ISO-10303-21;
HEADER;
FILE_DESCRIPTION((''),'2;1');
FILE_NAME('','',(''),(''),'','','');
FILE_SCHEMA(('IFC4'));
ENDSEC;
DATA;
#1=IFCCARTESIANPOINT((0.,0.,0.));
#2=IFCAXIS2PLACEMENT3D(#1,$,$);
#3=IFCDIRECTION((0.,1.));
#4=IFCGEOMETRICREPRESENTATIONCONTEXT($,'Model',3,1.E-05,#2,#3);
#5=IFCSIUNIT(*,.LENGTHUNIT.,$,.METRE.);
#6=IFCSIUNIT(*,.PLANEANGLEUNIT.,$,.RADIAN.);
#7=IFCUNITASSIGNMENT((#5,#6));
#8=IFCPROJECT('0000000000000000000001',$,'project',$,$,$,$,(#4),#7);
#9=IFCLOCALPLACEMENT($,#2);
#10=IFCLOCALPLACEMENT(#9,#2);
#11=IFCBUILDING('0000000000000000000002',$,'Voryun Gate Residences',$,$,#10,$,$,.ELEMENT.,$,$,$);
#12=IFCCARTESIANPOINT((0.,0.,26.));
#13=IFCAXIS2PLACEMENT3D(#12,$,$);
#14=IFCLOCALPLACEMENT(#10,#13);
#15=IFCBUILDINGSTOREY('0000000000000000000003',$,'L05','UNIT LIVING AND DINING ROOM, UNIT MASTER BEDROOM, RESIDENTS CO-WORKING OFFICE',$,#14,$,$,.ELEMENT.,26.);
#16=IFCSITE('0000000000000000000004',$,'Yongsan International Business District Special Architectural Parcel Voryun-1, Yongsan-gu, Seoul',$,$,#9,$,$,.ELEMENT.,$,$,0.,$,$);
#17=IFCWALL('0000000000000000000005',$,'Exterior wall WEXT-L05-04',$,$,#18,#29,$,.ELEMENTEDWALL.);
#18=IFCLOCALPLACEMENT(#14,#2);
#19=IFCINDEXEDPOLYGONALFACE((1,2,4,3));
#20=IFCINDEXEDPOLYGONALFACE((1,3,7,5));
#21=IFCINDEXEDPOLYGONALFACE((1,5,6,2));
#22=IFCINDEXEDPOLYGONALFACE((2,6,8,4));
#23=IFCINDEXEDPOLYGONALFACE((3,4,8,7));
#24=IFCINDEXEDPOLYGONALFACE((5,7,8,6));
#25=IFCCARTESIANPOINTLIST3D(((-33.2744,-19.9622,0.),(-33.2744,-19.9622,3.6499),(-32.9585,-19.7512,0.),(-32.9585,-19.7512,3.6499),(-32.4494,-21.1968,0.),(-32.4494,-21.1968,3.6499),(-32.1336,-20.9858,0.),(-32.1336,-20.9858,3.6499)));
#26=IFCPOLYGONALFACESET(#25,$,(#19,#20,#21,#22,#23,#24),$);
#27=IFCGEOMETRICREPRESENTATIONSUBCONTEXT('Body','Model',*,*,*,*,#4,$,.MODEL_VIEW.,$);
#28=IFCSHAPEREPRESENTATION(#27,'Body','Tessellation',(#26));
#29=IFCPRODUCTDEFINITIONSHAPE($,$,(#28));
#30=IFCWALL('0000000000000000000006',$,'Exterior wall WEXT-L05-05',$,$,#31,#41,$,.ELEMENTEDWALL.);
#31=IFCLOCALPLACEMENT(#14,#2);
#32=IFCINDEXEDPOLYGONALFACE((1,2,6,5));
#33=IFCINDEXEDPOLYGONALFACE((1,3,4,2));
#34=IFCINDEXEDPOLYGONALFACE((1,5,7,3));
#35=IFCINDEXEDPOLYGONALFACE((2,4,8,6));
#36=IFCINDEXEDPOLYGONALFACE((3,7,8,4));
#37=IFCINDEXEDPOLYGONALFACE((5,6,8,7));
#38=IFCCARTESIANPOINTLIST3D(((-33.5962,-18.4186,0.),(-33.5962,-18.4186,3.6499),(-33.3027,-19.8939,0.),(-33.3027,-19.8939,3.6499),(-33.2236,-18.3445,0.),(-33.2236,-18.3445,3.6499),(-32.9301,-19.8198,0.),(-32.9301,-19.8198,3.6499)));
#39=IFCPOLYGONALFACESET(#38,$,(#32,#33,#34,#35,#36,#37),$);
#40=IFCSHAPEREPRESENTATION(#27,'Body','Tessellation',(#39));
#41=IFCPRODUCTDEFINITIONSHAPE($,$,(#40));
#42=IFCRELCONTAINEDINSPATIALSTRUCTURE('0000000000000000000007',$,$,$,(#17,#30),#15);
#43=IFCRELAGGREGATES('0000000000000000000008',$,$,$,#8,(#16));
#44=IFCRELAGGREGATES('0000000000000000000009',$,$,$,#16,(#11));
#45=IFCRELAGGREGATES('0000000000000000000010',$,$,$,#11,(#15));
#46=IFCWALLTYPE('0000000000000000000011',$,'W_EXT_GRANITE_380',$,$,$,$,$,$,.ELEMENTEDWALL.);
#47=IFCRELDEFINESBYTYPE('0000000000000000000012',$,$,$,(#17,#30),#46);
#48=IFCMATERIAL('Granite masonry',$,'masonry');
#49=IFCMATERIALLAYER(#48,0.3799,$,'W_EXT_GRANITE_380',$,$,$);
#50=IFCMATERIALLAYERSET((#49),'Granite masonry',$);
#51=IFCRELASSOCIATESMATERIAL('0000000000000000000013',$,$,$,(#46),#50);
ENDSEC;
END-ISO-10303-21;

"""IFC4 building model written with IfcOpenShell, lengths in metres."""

from ifc_helpers import new_model, si_unit, direction, frame, frame_2d, origin, place, context, subcontext, project, spatial, rectangle, extrude, material, layer, layer_set, type_object, element, save


model = new_model("IFC4")

# Units and contexts
model_context = context("Model", 3, precision=1e-05, world=origin(), true_north=direction((0.0, 1.0)))
body_context = subcontext(model_context, "Body", "Model", "MODEL_VIEW")
ifc_project = project(units=[si_unit("LENGTHUNIT", "METRE"), si_unit("PLANEANGLEUNIT", "RADIAN")], contexts=[model_context])

# Site, building, storey
site_placement = place(None, origin())
site = spatial("IfcSite", under=ifc_project, at=site_placement, Name="Yongsan International Business District Special Architectural Parcel Voryun-1, Yongsan-gu, Seoul", CompositionType="ELEMENT", RefElevation=0.0)
building_placement = place(site_placement, origin())
building = spatial("IfcBuilding", under=site, at=building_placement, Name="Voryun Gate Residences", CompositionType="ELEMENT")
storey_placement = place(building_placement, frame((0.0, 0.0, 26.0)))
storey = spatial("IfcBuildingStorey", under=building, at=storey_placement, Name="L05", Description="UNIT LIVING AND DINING ROOM, UNIT MASTER BEDROOM, RESIDENTS CO-WORKING OFFICE", CompositionType="ELEMENT", Elevation=26.0)

# Walls
ifc_material_1 = material(Name="Granite masonry", Category="masonry")
ifc_layer_1 = layer(ifc_material_1, 0.3799, Name="W_EXT_GRANITE_380")
ifc_layer_set_1 = layer_set([ifc_layer_1], Name="Granite masonry")
wall_type = type_object("IfcWallType", Name="W_EXT_GRANITE_380", PredefinedType="ELEMENTEDWALL", material=ifc_layer_set_1)
wall_1_placement = place(storey_placement, frame((-32.2915, -21.0913, 0.0), z_axis=(0.0, 0.0, 1.0), x_axis=(-0.555573, 0.831468, 0.0)))
element("IfcWall", 1, at=wall_1_placement, inside=storey, type_object=wall_type, Name="Exterior wall WEXT-L05-04", PredefinedType="ELEMENTEDWALL", context=body_context, shape_type="SweptSolid", body=[
    extrude(rectangle(XDim=1.4849, YDim=0.3799, at=frame_2d((0.7424, 0.0))), origin(), (0.0, 0.0, 1.0), 3.6499),
])
wall_2_placement = place(storey_placement, frame((-33.1165, -19.8567, 0.0), z_axis=(0.0, 0.0, 1.0), x_axis=(-0.195086, 0.980786, 0.0)))
element("IfcWall", 2, at=wall_2_placement, inside=storey, type_object=wall_type, Name="Exterior wall WEXT-L05-05", PredefinedType="ELEMENTEDWALL", context=body_context, shape_type="SweptSolid", body=[
    extrude(rectangle(XDim=1.5042, YDim=0.3799, at=frame_2d((0.752, 0.0))), origin(), (0.0, 0.0, 1.0), 3.6499),
])

save(model, "model.ifc")
